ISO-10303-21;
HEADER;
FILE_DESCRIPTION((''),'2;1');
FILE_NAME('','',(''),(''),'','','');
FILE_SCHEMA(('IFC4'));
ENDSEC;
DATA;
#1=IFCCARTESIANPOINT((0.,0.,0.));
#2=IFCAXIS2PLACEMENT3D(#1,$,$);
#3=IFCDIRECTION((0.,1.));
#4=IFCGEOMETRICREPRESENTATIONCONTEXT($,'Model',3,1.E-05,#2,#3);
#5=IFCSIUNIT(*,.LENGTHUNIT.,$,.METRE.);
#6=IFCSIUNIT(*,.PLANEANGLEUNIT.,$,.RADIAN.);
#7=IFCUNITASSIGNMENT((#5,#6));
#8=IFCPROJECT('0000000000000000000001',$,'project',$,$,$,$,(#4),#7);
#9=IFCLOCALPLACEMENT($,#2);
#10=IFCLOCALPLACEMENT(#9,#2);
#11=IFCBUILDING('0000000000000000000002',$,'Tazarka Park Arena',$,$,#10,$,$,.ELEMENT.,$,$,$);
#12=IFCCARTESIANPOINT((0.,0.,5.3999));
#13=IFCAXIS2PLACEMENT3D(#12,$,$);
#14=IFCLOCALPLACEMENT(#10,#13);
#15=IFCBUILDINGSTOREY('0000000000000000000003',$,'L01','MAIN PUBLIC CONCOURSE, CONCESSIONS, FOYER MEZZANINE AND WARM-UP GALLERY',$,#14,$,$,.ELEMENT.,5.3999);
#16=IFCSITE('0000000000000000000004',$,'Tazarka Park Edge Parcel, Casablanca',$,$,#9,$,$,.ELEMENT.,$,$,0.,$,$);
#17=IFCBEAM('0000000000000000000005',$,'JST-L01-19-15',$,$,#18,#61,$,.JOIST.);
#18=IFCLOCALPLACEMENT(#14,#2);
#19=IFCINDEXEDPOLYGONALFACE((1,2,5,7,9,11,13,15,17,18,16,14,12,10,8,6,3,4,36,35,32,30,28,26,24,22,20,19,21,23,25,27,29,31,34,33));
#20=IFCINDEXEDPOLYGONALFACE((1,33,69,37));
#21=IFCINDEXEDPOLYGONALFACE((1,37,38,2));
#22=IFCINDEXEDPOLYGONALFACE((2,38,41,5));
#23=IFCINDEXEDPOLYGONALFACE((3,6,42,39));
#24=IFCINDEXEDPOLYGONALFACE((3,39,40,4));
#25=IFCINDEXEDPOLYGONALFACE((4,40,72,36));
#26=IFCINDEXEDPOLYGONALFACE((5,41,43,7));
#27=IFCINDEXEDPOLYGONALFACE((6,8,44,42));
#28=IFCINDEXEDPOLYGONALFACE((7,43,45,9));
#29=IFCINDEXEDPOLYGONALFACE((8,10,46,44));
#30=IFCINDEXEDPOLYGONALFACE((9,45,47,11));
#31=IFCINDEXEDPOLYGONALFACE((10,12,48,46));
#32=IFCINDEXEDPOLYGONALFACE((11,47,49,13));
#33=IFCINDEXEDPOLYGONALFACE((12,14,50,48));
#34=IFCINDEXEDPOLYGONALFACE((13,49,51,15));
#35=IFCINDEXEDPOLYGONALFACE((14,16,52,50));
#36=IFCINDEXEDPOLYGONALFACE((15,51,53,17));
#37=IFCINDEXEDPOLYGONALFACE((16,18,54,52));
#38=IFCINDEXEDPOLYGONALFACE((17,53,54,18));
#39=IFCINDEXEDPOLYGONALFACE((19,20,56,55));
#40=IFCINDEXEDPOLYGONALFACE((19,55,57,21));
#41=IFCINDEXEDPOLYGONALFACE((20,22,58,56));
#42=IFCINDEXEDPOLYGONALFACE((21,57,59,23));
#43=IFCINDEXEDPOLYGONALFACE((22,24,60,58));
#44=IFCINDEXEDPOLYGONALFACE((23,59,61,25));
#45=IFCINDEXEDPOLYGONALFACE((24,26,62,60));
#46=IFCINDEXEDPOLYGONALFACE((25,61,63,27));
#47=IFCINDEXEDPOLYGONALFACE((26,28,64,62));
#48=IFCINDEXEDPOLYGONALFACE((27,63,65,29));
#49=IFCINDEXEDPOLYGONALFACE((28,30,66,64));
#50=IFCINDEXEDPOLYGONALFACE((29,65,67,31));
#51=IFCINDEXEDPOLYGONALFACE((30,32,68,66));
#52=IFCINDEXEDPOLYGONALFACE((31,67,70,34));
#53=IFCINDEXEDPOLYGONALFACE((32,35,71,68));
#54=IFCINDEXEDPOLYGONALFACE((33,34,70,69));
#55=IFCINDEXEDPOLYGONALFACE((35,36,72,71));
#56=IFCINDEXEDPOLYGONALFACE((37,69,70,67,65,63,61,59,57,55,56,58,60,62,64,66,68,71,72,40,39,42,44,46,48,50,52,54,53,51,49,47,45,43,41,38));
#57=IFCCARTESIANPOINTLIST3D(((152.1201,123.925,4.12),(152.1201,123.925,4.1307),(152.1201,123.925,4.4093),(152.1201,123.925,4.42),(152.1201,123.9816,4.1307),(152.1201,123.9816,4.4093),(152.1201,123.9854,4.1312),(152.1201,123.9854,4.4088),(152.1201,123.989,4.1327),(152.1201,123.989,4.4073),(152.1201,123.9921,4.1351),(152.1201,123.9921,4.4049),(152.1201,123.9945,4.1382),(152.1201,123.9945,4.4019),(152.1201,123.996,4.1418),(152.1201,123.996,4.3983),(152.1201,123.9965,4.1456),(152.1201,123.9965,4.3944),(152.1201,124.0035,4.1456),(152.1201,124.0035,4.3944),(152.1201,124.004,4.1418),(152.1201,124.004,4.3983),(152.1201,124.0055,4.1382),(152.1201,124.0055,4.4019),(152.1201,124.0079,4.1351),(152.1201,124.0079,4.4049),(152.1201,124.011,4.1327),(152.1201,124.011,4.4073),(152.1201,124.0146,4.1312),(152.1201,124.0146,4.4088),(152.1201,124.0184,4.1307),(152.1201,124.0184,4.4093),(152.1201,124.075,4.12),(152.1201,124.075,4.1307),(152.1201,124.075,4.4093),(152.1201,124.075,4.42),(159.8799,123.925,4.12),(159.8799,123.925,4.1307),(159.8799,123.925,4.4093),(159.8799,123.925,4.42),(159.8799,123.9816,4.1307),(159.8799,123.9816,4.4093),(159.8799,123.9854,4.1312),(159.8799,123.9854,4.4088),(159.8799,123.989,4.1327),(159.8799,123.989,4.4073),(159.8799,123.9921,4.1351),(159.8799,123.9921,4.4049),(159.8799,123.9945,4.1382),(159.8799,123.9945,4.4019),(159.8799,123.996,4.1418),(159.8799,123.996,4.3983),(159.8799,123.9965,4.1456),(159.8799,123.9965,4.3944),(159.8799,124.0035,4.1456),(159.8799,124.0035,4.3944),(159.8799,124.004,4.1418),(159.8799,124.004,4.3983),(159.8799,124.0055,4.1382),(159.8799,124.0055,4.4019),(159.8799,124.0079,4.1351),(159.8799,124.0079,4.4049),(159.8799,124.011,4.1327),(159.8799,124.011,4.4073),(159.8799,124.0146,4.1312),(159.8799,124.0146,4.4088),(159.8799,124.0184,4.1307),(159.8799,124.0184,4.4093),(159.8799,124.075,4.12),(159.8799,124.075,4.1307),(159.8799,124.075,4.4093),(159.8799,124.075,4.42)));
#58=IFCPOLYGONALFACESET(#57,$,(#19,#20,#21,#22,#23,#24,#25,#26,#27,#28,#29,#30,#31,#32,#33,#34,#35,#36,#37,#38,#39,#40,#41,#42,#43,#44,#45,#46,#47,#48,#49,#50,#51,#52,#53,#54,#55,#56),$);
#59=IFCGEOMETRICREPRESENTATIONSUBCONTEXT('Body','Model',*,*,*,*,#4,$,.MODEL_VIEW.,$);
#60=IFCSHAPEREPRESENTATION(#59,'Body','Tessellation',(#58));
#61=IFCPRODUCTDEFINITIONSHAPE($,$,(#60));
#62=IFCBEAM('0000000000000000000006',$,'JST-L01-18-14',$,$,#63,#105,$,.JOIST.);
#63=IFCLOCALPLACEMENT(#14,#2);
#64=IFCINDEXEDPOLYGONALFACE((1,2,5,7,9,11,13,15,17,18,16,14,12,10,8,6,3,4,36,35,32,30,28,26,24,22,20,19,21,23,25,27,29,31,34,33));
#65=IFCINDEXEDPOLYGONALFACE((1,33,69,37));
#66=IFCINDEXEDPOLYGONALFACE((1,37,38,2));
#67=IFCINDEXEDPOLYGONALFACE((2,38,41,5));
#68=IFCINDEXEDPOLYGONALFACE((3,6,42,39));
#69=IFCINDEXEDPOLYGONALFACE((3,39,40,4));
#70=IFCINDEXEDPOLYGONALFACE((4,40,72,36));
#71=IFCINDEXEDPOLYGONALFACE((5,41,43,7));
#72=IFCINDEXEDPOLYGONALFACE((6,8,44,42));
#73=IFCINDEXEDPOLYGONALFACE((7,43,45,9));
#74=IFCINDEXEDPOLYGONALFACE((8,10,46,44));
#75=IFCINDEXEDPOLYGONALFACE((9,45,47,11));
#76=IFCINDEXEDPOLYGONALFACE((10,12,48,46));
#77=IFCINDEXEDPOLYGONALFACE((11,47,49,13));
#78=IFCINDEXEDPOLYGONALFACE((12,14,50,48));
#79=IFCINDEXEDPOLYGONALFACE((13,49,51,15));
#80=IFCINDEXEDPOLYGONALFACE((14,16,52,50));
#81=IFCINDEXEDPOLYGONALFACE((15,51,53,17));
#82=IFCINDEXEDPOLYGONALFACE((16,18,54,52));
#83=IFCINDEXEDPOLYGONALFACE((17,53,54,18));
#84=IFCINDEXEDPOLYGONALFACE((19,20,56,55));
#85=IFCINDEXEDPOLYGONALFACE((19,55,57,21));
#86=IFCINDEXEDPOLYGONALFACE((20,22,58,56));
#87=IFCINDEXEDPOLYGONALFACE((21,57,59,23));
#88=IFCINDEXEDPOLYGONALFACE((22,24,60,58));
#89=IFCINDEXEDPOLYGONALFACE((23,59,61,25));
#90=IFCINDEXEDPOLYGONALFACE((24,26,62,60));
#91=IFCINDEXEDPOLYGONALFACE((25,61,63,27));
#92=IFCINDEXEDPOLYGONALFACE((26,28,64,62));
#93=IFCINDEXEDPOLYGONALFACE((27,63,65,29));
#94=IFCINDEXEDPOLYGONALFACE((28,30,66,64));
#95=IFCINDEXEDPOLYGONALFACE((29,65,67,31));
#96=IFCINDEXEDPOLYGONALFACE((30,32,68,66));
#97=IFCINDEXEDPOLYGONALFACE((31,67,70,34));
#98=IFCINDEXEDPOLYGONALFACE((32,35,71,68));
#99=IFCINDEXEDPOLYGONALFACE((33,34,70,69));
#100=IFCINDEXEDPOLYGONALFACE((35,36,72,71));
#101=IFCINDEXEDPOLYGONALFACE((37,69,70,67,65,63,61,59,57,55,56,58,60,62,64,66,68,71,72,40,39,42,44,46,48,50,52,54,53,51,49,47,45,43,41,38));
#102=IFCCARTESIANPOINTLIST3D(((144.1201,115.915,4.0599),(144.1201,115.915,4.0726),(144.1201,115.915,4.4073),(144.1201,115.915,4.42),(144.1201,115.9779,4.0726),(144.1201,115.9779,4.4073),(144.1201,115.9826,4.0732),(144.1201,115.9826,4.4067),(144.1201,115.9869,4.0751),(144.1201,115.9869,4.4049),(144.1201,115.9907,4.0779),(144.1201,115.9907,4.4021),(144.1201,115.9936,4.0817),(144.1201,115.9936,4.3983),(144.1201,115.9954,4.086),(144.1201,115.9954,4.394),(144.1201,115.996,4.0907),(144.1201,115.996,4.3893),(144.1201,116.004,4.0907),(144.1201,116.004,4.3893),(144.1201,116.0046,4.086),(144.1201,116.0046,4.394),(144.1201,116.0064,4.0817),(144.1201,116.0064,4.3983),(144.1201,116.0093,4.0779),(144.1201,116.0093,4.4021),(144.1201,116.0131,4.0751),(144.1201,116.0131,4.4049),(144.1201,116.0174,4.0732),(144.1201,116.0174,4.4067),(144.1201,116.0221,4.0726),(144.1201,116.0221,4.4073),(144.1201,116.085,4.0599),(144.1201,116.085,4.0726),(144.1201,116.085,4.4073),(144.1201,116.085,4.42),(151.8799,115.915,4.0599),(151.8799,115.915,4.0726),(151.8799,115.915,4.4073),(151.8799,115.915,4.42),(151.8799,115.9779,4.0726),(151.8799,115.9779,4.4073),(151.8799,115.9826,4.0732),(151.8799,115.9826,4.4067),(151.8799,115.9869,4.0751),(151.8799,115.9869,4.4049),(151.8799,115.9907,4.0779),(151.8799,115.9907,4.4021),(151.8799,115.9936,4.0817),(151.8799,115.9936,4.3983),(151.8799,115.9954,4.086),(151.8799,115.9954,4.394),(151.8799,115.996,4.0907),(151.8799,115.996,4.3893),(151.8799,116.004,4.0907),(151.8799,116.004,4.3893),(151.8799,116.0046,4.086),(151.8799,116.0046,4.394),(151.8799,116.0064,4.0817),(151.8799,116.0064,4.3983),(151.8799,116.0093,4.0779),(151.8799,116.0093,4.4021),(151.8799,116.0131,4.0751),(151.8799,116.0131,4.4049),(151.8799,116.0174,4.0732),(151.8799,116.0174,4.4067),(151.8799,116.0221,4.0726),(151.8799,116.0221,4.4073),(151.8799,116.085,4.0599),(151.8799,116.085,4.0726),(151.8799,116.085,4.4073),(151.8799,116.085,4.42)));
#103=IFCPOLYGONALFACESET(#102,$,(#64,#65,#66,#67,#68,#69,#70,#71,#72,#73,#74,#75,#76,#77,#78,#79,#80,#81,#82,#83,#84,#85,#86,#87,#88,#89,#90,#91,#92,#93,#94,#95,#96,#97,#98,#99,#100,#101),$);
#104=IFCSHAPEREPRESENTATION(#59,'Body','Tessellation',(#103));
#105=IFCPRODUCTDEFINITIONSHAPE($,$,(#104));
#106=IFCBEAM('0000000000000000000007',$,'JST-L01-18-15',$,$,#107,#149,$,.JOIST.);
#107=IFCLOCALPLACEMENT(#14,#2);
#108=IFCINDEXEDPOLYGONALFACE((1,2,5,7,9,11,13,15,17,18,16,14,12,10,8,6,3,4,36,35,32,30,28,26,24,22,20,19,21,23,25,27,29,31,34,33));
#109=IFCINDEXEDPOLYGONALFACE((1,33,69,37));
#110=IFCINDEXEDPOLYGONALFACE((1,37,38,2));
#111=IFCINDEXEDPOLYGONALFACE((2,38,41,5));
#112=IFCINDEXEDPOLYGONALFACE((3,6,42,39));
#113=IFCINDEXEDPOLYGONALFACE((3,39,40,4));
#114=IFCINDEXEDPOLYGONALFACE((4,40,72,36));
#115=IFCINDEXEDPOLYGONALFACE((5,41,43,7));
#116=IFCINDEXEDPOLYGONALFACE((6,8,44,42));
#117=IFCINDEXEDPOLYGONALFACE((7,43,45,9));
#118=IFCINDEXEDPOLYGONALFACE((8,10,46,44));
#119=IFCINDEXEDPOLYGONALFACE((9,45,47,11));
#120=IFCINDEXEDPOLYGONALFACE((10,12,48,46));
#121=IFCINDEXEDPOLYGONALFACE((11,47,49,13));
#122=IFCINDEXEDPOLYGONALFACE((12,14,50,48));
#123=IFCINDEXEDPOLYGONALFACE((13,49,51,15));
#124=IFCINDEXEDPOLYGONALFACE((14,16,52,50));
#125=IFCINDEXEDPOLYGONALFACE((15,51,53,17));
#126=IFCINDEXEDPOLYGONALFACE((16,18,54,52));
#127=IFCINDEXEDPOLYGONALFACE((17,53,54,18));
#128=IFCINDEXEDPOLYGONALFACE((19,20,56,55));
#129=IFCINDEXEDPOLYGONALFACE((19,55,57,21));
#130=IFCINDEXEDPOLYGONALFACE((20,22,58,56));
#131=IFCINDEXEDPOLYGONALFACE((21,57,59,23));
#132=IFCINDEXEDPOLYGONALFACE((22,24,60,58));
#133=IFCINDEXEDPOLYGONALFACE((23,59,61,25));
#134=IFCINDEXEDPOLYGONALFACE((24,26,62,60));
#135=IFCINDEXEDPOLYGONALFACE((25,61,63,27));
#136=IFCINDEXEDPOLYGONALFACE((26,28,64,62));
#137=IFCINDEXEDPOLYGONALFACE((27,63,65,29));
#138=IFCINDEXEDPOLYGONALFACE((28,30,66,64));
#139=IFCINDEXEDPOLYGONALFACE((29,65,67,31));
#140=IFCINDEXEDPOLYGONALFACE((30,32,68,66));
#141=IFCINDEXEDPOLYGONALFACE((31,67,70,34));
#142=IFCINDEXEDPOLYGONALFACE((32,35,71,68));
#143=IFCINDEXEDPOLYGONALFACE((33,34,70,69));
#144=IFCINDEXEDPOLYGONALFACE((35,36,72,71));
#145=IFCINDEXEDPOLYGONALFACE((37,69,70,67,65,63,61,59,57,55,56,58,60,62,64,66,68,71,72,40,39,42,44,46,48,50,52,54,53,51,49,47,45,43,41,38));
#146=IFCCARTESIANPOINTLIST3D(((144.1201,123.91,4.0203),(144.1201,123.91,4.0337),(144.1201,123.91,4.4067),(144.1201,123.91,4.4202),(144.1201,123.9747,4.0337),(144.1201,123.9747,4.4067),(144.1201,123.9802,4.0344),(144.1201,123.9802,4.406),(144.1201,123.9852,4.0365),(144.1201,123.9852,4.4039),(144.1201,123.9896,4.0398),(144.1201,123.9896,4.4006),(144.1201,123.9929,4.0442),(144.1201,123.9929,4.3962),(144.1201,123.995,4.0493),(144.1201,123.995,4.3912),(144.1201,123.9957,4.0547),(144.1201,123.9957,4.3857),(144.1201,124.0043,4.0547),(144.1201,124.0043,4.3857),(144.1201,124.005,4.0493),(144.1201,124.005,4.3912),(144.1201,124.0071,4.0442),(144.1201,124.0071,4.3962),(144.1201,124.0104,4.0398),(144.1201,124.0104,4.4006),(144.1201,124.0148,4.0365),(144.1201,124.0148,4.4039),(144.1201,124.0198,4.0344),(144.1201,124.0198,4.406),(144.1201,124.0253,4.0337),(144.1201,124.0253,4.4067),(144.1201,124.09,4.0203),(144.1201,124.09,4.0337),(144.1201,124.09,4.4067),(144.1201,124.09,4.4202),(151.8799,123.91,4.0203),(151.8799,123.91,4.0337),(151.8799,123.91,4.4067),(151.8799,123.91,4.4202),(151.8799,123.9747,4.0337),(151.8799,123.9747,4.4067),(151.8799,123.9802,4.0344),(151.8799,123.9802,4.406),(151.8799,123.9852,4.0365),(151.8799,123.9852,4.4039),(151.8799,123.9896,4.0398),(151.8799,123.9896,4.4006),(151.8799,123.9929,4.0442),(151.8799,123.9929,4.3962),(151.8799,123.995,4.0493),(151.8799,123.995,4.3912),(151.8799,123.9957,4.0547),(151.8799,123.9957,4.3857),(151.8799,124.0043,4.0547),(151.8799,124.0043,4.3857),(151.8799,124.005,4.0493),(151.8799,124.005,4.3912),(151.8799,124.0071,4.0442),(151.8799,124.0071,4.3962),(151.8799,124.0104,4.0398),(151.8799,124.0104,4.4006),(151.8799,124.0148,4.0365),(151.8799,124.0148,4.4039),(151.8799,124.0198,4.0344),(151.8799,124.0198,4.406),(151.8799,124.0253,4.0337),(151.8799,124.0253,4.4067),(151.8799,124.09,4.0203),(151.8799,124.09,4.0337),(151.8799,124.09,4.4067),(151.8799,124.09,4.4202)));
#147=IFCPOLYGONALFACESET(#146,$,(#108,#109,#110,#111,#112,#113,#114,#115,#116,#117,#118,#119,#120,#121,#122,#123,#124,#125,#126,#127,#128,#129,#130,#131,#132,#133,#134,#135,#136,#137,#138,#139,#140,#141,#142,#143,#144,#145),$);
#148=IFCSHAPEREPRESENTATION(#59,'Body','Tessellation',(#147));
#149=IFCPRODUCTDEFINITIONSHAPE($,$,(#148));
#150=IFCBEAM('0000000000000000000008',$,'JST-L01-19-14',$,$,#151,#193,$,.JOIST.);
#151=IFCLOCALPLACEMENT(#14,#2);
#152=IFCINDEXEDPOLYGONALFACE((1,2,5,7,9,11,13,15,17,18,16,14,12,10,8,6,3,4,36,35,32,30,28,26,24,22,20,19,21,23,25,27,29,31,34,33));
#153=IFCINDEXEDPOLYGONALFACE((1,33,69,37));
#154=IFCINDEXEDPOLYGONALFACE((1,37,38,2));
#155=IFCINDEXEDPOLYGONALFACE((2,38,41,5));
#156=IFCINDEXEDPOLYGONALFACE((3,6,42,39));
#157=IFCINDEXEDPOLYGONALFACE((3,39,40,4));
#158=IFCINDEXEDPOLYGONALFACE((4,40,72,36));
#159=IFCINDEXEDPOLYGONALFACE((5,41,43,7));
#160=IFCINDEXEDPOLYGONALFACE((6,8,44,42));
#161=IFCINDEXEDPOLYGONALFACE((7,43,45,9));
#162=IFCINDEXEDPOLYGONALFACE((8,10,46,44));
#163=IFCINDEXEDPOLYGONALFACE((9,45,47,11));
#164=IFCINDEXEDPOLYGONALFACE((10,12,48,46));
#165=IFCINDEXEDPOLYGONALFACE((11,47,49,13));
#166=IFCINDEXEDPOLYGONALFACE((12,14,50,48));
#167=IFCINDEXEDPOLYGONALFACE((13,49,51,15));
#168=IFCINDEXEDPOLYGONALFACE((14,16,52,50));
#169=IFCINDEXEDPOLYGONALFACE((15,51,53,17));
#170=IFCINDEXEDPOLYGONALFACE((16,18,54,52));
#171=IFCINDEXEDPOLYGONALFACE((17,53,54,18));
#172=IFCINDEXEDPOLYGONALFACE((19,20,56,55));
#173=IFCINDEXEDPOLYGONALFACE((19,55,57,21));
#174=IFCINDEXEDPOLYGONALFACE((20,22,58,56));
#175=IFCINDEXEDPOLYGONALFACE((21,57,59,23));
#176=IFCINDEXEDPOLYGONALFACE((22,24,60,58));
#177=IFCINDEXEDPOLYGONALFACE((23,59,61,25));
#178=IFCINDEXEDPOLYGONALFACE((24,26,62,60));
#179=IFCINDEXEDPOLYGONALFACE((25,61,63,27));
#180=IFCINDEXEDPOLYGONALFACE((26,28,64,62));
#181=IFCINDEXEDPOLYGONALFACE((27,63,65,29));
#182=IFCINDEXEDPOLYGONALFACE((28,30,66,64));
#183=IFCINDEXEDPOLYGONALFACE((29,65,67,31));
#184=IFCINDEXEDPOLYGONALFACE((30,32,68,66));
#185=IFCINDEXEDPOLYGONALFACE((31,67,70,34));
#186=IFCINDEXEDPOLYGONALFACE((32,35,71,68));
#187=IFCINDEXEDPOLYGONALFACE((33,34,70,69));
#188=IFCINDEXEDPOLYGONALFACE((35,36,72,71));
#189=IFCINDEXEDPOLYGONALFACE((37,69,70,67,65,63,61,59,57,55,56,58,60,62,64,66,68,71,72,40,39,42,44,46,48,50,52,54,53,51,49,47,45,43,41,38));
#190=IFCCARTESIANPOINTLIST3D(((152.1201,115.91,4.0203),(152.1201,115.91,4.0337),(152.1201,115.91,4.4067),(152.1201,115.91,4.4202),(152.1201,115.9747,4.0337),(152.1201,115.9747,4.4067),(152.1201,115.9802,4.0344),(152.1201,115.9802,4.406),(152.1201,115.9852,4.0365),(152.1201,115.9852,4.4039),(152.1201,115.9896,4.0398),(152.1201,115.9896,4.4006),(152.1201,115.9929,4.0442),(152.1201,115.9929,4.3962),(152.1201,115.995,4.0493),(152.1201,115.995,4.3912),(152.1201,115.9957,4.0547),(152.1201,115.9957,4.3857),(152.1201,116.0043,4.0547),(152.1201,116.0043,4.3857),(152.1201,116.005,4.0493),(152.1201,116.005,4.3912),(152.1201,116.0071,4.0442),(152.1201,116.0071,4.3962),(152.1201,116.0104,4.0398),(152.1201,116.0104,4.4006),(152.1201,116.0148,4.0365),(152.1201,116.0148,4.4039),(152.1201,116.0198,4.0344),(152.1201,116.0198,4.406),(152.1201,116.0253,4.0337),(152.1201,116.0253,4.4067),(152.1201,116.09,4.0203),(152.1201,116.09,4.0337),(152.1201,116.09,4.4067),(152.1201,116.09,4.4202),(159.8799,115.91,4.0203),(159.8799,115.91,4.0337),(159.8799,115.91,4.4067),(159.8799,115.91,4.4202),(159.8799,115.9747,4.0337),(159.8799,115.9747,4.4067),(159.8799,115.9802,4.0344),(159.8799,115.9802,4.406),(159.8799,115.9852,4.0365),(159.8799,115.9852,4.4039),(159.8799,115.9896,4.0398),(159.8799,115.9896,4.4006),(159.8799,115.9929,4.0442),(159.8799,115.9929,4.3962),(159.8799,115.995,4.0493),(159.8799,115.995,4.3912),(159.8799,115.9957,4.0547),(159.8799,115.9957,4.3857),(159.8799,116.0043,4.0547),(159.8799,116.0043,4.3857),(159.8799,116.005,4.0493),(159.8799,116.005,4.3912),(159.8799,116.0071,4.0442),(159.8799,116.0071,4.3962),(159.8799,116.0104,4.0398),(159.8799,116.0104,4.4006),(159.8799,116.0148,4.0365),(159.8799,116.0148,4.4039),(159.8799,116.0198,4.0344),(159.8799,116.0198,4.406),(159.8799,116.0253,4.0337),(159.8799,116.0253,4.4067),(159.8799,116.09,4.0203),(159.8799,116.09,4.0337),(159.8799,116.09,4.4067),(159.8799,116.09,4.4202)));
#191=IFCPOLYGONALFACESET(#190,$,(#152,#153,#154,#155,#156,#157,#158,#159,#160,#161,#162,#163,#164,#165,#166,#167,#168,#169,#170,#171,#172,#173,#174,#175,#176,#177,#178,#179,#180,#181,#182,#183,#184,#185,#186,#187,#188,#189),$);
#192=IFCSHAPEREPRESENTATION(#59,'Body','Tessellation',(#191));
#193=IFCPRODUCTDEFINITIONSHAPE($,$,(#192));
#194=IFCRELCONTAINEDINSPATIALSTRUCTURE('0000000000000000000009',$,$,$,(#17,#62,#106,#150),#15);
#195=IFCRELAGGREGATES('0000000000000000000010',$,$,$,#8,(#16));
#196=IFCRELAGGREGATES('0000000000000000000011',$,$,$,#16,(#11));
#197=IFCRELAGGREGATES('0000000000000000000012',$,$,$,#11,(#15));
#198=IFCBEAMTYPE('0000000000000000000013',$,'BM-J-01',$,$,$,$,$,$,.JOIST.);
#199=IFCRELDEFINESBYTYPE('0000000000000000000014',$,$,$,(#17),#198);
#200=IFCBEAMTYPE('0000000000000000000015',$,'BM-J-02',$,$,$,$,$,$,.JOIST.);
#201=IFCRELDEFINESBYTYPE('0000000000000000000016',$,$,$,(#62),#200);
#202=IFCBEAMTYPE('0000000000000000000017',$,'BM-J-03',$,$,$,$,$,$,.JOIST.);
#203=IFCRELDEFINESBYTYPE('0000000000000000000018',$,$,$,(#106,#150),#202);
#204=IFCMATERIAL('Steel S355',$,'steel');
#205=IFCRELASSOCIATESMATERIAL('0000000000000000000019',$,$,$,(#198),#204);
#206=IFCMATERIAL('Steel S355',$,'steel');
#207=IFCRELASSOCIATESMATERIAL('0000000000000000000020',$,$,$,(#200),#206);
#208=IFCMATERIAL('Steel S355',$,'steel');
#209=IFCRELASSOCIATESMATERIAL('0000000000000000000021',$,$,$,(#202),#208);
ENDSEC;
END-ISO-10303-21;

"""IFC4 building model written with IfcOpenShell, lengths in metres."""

from ifc_helpers import new_model, si_unit, direction, frame, origin, origin_2d, place, context, subcontext, project, spatial, i_section, extrude, material, material_profile, profile_set, type_object, element, save


model = new_model("IFC4")

# Units and contexts
model_context = context("Model", 3, precision=1e-05, world=origin(), true_north=direction((0.0, 1.0)))
body_context = subcontext(model_context, "Body", "Model", "MODEL_VIEW")
ifc_project = project(units=[si_unit("LENGTHUNIT", "METRE"), si_unit("PLANEANGLEUNIT", "RADIAN")], contexts=[model_context])

# Site, building, storey
site_placement = place(None, origin())
site = spatial("IfcSite", under=ifc_project, at=site_placement, Name="Tazarka Park Edge Parcel, Casablanca", CompositionType="ELEMENT", RefElevation=0.0)
building_placement = place(site_placement, origin())
building = spatial("IfcBuilding", under=site, at=building_placement, Name="Tazarka Park Arena", CompositionType="ELEMENT")
storey_placement = place(building_placement, frame((0.0, 0.0, 5.3999)))
storey = spatial("IfcBuildingStorey", under=building, at=storey_placement, Name="L01", Description="MAIN PUBLIC CONCOURSE, CONCESSIONS, FOYER MEZZANINE AND WARM-UP GALLERY", CompositionType="ELEMENT", Elevation=5.3999)

# Beams
ifc_material_1 = material(Name="Steel S355", Category="steel")
ifc_material_profile_1 = material_profile(ifc_material_1, i_section(OverallWidth=0.1499, OverallDepth=0.3, WebThickness=0.0071, FlangeThickness=0.0107, FilletRadius=0.0149, at=origin_2d()), Name="Steel S355")
ifc_profile_set_1 = profile_set([ifc_material_profile_1], Name="Steel S355")
beam_type_1 = type_object("IfcBeamType", Name="BM-J-01", PredefinedType="JOIST", material=ifc_profile_set_1)
beam_1_placement = place(storey_placement, frame((152.1201, 124.0, 4.27), z_axis=(1.0, 0.0, 0.0), x_axis=(0.0, 1.0, 0.0)))
element("IfcBeam", 1, at=beam_1_placement, inside=storey, type_object=beam_type_1, Name="JST-L01-19-15", PredefinedType="JOIST", context=body_context, shape_type="SweptSolid", body=[
    extrude(i_section(OverallWidth=0.1499, OverallDepth=0.3, WebThickness=0.0071, FlangeThickness=0.0107, FilletRadius=0.0149, at=origin_2d()), origin(), (0.0, 0.0, 1.0), 7.7598),
])
ifc_material_2 = material(Name="Steel S355", Category="steel")
ifc_material_profile_2 = material_profile(ifc_material_2, i_section(OverallWidth=0.1699, OverallDepth=0.3601, WebThickness=0.0081, FlangeThickness=0.0127, FilletRadius=0.0181, at=origin_2d()), Name="Steel S355")
ifc_profile_set_2 = profile_set([ifc_material_profile_2], Name="Steel S355")
beam_type_2 = type_object("IfcBeamType", Name="BM-J-02", PredefinedType="JOIST", material=ifc_profile_set_2)
beam_2_placement = place(storey_placement, frame((144.1201, 116.0, 4.24), z_axis=(1.0, 0.0, 0.0), x_axis=(0.0, 1.0, 0.0)))
element("IfcBeam", 2, at=beam_2_placement, inside=storey, type_object=beam_type_2, Name="JST-L01-18-14", PredefinedType="JOIST", context=body_context, shape_type="SweptSolid", body=[
    extrude(i_section(OverallWidth=0.1699, OverallDepth=0.3601, WebThickness=0.0081, FlangeThickness=0.0127, FilletRadius=0.0181, at=origin_2d()), origin(), (0.0, 0.0, 1.0), 7.7598),
])
ifc_material_3 = material(Name="Steel S355", Category="steel")
ifc_material_profile_3 = material_profile(ifc_material_3, i_section(OverallWidth=0.1799, OverallDepth=0.3999, WebThickness=0.0085, FlangeThickness=0.0134, FilletRadius=0.021, at=origin_2d()), Name="Steel S355")
ifc_profile_set_3 = profile_set([ifc_material_profile_3], Name="Steel S355")
beam_type_3 = type_object("IfcBeamType", Name="BM-J-03", PredefinedType="JOIST", material=ifc_profile_set_3)
for number, where, z_axis, x_axis, name in (
    (3, (144.1201, 124.0, 4.2202), (1.0, 0.0, 0.0), (0.0, 1.0, 0.0), "JST-L01-18-15"),
    (4, (152.1201, 116.0, 4.2202), (1.0, 0.0, 0.0), (0.0, 1.0, 0.0), "JST-L01-19-14"),
):
    element("IfcBeam", number, at=place(storey_placement, frame(where, z_axis=z_axis, x_axis=x_axis)), inside=storey, type_object=beam_type_3, Name=name, PredefinedType="JOIST", context=body_context, shape_type="SweptSolid", body=[
        extrude(i_section(OverallWidth=0.1799, OverallDepth=0.3999, WebThickness=0.0085, FlangeThickness=0.0134, FilletRadius=0.021, at=origin_2d()), origin(), (0.0, 0.0, 1.0), 7.7598),
    ])

save(model, "model.ifc")
